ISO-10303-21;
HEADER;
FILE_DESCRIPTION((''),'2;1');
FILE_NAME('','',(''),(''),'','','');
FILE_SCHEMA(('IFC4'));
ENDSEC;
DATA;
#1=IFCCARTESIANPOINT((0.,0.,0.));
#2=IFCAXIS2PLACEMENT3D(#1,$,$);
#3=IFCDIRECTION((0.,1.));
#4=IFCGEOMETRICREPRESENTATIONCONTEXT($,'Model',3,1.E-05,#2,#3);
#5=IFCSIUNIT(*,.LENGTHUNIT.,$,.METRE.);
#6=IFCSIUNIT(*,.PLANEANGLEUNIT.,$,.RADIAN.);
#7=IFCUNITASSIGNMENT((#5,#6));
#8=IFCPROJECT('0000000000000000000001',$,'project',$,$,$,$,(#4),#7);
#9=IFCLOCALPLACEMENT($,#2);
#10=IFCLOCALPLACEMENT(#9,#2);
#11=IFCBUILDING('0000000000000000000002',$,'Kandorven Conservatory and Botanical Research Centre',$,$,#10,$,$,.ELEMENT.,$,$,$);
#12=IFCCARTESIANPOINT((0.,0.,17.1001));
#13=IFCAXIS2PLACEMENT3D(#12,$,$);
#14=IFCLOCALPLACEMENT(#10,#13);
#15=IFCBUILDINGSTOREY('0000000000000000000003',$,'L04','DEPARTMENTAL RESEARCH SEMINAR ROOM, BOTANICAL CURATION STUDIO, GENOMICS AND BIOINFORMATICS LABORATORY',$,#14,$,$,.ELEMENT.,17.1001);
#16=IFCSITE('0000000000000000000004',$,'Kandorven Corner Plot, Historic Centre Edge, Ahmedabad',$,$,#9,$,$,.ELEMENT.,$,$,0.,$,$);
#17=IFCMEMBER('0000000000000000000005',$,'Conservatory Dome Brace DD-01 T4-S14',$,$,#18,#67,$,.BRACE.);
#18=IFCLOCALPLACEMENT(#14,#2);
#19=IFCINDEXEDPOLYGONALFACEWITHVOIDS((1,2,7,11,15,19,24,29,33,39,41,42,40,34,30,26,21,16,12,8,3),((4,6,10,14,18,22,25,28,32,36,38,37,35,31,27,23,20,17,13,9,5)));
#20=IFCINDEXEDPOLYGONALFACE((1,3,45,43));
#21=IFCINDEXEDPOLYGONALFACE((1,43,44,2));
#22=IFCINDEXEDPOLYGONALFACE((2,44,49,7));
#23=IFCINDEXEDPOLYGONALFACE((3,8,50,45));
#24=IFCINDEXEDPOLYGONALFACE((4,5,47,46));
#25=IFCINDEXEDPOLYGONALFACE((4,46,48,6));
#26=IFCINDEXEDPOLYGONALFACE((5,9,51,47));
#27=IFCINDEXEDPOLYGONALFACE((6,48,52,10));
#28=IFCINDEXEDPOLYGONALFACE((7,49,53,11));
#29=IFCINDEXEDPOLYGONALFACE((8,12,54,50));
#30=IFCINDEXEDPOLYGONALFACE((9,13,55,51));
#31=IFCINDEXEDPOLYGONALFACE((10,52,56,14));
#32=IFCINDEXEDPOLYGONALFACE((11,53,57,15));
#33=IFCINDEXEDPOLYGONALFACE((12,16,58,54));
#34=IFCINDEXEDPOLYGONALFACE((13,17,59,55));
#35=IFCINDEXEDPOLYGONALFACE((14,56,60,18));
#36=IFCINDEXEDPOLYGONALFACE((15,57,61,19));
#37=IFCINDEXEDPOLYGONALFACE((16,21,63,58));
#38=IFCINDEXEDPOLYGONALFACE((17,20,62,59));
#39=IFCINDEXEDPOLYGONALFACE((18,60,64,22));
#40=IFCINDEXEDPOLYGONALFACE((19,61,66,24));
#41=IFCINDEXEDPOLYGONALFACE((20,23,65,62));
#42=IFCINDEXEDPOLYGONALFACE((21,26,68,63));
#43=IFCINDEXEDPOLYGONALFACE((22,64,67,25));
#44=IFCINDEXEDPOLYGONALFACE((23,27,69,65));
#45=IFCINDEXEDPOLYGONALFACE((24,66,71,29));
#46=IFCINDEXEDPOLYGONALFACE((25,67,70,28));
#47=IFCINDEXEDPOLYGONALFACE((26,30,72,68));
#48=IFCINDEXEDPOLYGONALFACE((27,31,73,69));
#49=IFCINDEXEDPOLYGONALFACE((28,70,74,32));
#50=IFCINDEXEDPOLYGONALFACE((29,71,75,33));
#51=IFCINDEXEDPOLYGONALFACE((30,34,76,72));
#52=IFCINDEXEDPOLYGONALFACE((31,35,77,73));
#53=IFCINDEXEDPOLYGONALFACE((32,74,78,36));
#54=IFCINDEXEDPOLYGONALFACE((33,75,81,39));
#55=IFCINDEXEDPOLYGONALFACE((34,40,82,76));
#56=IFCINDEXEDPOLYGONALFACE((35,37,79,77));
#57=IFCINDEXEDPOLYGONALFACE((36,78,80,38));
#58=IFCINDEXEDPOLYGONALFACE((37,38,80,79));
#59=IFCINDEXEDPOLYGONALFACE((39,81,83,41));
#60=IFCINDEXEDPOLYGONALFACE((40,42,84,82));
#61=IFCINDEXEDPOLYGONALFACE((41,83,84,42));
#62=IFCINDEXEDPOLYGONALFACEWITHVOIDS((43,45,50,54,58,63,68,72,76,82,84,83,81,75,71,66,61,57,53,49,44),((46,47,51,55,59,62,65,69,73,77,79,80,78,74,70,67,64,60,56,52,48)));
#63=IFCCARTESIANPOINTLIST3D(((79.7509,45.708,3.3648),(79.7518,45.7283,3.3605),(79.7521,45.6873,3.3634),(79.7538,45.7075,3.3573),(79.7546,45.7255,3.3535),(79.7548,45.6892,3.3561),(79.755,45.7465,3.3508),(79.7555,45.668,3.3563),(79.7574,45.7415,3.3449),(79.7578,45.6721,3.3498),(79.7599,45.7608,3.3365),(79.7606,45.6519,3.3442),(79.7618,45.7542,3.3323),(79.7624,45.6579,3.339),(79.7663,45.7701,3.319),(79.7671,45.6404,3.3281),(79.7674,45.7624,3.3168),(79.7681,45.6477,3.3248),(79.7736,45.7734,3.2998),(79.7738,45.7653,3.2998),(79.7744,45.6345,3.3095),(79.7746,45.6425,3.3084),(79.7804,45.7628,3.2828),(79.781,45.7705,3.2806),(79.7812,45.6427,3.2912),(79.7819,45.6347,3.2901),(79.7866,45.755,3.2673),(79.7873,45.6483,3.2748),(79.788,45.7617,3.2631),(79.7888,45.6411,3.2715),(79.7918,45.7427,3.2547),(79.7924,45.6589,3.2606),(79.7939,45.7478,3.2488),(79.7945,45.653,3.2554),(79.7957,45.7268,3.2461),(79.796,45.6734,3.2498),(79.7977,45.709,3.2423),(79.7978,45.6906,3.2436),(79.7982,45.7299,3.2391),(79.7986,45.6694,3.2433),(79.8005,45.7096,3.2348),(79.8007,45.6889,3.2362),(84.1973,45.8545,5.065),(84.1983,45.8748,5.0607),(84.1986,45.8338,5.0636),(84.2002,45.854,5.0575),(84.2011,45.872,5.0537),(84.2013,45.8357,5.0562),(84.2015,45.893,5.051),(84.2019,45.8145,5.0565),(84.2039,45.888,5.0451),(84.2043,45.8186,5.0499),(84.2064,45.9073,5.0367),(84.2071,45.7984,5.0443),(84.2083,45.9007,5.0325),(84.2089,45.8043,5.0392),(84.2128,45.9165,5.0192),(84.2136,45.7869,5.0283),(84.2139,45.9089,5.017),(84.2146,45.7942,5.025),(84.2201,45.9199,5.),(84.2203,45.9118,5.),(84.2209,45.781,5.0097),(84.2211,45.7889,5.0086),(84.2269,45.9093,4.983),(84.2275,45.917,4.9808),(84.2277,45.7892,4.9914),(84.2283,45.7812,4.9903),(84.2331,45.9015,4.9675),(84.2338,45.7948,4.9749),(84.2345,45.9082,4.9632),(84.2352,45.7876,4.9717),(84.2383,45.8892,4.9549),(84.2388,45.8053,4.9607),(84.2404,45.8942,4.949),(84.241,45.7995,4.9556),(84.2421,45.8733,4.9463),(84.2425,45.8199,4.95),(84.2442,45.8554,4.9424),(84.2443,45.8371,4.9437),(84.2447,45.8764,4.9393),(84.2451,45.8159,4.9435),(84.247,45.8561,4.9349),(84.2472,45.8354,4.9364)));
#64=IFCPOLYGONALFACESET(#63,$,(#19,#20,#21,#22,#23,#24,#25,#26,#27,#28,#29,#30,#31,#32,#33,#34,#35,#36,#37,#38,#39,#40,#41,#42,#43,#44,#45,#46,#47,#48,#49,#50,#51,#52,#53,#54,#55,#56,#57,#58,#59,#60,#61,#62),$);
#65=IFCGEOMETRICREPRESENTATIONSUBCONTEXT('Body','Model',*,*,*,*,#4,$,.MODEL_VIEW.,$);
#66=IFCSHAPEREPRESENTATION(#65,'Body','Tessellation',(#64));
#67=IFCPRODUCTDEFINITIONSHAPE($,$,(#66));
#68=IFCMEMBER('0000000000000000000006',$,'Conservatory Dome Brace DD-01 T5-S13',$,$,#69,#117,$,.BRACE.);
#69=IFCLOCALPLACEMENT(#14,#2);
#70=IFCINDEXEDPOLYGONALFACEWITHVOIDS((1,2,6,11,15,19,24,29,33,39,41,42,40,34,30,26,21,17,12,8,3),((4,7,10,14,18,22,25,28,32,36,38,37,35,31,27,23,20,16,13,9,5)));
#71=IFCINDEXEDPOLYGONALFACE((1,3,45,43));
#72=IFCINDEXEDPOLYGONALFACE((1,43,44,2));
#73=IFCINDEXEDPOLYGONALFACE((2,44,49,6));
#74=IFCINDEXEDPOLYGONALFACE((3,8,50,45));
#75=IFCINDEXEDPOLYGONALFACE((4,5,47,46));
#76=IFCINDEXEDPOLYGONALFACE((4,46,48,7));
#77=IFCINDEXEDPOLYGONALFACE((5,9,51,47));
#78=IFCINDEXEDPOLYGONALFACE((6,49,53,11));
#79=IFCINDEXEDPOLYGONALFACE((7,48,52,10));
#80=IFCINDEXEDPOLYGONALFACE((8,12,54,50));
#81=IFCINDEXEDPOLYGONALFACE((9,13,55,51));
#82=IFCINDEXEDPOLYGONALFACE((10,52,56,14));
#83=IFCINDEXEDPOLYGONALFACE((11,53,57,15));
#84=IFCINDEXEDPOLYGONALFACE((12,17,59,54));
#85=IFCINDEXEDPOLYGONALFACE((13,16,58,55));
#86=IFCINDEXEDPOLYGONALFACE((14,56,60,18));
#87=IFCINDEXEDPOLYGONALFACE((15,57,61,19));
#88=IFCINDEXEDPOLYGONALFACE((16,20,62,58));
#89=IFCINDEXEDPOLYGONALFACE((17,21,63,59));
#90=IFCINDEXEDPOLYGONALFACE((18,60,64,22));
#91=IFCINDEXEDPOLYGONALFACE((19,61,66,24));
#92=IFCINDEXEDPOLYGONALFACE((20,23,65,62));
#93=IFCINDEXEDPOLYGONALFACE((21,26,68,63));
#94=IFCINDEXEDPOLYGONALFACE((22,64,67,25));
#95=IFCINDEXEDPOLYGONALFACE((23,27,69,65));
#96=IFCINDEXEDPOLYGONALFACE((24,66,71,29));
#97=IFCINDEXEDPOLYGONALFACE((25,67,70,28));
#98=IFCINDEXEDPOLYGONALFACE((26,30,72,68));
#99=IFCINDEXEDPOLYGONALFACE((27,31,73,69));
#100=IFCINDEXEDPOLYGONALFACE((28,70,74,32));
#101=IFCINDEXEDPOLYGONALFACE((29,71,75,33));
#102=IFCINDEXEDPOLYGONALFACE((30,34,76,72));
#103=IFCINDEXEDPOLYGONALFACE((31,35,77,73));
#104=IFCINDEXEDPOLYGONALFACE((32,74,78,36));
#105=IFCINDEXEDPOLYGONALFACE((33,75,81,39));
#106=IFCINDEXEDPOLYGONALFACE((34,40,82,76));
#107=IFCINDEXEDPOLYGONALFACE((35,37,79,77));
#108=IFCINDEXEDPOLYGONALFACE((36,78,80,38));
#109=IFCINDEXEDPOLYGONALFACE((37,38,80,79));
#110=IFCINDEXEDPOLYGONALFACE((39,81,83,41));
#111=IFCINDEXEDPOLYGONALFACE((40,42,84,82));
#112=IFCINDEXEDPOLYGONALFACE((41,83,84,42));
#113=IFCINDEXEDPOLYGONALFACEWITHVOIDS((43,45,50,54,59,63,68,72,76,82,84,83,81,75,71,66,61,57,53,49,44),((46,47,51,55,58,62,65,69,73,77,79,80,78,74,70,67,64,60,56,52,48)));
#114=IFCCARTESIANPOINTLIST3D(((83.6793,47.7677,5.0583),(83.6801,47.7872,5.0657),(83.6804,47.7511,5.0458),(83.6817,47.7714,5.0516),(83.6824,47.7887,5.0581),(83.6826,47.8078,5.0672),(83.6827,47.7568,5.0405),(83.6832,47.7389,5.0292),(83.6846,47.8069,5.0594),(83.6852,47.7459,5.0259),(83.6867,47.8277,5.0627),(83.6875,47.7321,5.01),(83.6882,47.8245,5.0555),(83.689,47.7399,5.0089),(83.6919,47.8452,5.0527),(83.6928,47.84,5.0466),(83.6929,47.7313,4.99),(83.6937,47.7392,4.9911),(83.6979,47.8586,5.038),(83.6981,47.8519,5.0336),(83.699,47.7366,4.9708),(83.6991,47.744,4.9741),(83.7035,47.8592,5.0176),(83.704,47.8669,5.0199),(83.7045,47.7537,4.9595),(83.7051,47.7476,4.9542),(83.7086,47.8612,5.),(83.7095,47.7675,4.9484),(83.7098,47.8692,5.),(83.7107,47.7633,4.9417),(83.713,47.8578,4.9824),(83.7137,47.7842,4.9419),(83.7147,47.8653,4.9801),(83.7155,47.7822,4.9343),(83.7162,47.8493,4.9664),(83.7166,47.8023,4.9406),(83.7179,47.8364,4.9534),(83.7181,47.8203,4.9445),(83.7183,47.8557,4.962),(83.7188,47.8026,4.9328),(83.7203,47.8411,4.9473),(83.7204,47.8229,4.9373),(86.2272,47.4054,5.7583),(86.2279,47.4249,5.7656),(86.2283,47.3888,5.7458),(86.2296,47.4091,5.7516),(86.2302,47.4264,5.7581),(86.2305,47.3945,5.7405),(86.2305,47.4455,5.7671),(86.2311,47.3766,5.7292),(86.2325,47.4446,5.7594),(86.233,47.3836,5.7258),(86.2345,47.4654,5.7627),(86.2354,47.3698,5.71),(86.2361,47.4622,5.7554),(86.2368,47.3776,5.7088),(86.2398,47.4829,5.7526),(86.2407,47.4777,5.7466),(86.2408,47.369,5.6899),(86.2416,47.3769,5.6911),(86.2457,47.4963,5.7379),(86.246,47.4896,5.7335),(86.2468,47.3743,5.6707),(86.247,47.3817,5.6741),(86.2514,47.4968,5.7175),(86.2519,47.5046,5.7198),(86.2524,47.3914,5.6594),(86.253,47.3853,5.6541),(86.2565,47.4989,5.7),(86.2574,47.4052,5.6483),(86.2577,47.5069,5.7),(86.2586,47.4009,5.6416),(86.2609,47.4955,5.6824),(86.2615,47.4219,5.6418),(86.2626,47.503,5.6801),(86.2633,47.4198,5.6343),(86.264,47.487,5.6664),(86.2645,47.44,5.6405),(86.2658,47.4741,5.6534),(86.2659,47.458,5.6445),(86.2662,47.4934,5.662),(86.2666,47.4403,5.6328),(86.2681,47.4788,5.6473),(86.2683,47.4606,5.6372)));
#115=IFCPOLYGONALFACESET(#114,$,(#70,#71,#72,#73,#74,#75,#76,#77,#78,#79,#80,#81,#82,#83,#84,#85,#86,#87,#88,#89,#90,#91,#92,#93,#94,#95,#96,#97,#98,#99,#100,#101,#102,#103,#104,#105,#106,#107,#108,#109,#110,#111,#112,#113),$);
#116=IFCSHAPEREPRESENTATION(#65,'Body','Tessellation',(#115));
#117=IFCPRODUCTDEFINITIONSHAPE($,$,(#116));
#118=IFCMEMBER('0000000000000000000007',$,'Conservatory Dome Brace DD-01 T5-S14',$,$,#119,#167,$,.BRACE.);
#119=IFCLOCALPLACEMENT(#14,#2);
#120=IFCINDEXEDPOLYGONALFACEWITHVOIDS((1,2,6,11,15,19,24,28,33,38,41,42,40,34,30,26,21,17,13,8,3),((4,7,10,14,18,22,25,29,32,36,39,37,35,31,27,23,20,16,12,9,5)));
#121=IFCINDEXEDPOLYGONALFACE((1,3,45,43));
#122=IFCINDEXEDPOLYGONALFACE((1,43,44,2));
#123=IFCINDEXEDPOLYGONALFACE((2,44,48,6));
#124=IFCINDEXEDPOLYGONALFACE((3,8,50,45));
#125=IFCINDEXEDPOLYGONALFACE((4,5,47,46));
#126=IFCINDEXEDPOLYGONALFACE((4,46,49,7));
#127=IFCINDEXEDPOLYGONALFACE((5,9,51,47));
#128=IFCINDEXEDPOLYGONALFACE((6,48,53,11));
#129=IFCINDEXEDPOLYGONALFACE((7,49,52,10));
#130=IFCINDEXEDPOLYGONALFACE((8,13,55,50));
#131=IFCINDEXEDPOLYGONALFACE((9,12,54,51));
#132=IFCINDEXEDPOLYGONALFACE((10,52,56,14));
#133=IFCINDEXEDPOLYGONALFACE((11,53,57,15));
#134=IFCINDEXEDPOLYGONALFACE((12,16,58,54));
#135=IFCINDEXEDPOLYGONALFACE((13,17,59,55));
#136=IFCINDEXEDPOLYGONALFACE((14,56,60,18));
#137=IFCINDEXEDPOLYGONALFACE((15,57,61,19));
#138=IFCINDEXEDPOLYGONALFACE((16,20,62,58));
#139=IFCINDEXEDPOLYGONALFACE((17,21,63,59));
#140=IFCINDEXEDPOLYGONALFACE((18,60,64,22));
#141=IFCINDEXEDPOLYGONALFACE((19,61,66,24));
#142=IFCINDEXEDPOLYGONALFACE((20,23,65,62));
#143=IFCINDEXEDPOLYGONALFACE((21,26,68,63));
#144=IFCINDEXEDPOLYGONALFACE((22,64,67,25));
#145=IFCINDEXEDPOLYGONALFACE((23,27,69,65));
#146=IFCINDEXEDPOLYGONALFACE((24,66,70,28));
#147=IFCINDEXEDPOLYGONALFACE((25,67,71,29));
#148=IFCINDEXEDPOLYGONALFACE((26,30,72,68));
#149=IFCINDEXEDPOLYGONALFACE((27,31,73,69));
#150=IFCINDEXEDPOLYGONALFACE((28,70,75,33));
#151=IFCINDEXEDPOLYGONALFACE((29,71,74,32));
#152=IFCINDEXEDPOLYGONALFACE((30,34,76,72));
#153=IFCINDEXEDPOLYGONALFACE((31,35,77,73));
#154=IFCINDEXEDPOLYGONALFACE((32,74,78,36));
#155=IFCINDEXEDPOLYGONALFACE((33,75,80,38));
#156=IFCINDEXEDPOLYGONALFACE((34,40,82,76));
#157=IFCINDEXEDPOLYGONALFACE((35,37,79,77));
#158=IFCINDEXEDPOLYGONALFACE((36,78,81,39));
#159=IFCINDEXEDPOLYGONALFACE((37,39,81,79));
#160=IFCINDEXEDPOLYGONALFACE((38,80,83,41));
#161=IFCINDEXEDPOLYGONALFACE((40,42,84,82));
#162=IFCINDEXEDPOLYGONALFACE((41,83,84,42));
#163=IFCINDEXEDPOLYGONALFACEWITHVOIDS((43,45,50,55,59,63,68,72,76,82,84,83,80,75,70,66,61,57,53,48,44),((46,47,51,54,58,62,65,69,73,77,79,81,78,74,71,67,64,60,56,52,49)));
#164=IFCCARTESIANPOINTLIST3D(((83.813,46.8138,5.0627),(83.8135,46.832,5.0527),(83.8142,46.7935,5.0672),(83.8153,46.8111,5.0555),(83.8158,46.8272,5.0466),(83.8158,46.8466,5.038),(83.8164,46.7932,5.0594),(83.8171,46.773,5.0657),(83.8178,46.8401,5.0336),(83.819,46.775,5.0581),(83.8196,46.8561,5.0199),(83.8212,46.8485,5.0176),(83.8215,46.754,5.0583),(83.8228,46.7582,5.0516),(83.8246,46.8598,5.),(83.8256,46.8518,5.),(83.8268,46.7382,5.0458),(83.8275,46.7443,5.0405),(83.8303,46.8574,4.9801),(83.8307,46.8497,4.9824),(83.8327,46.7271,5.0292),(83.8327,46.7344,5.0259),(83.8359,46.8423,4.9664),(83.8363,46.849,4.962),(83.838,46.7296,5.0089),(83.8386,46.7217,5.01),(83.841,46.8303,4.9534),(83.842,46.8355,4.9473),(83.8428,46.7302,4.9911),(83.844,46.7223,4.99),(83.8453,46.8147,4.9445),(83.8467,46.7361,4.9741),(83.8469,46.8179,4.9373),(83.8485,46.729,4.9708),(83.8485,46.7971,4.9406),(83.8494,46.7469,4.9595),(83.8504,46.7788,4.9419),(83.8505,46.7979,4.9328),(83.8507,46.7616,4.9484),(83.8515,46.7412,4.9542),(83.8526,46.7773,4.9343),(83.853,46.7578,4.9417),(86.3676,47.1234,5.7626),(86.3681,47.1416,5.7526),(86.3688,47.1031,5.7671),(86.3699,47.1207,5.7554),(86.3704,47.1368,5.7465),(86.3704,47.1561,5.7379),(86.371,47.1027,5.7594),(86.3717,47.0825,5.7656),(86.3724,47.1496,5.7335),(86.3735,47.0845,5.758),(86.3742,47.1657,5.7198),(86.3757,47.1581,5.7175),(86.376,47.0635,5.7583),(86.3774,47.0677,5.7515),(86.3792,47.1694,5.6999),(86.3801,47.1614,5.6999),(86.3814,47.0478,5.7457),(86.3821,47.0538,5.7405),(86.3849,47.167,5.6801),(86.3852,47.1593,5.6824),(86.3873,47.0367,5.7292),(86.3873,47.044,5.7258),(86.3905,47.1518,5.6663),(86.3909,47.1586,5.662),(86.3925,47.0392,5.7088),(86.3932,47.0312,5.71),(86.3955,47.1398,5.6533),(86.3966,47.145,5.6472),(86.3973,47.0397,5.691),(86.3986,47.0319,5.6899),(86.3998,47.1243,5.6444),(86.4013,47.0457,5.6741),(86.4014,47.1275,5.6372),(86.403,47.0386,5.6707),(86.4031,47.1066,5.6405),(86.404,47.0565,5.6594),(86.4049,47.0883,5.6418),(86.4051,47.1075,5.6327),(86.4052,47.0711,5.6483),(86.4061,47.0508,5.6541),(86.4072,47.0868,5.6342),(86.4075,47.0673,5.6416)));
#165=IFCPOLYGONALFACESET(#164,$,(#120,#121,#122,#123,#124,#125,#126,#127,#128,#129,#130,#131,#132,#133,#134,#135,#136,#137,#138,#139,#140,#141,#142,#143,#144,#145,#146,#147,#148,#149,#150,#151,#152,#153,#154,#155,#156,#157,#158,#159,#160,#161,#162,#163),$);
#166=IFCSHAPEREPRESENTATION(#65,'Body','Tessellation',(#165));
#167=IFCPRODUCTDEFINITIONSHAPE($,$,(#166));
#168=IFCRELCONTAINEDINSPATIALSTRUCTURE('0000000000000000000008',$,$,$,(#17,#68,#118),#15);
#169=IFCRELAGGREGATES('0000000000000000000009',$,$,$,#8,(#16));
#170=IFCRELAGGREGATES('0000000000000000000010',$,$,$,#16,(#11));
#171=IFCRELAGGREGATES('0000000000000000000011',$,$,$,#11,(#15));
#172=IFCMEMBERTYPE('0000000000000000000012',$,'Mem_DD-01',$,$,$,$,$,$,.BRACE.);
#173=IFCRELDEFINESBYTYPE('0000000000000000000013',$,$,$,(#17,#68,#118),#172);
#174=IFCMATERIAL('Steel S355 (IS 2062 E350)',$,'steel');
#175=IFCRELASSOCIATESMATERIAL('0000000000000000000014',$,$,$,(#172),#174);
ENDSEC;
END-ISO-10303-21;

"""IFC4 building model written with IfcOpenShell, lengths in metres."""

from ifc_helpers import new_model, si_unit, direction, frame, origin, origin_2d, place, context, subcontext, project, spatial, hollow_circle, extrude, material, material_profile, profile_set, type_object, element, save


model = new_model("IFC4")

# Units and contexts
model_context = context("Model", 3, precision=1e-05, world=origin(), true_north=direction((0.0, 1.0)))
body_context = subcontext(model_context, "Body", "Model", "MODEL_VIEW")
ifc_project = project(units=[si_unit("LENGTHUNIT", "METRE"), si_unit("PLANEANGLEUNIT", "RADIAN")], contexts=[model_context])

# Site, building, storey
site_placement = place(None, origin())
site = spatial("IfcSite", under=ifc_project, at=site_placement, Name="Kandorven Corner Plot, Historic Centre Edge, Ahmedabad", CompositionType="ELEMENT", RefElevation=0.0)
building_placement = place(site_placement, origin())
building = spatial("IfcBuilding", under=site, at=building_placement, Name="Kandorven Conservatory and Botanical Research Centre", CompositionType="ELEMENT")
storey_placement = place(building_placement, frame((0.0, 0.0, 17.1001)))
storey = spatial("IfcBuildingStorey", under=building, at=storey_placement, Name="L04", Description="DEPARTMENTAL RESEARCH SEMINAR ROOM, BOTANICAL CURATION STUDIO, GENOMICS AND BIOINFORMATICS LABORATORY", CompositionType="ELEMENT", Elevation=17.1001)

# Members
ifc_material_1 = material(Name="Steel S355 (IS 2062 E350)", Category="steel")
ifc_material_profile_1 = material_profile(ifc_material_1, hollow_circle(Radius=0.0698, WallThickness=0.0081, at=origin_2d()))
ifc_profile_set_1 = profile_set([ifc_material_profile_1], Name="Steel S355 (IS 2062 E350)")
member_type_1 = type_object("IfcMemberType", Name="Mem_DD-01", PredefinedType="BRACE", material=ifc_profile_set_1)
member_1_placement = place(storey_placement, frame((79.7759, 45.7036, 3.2998), z_axis=(0.933606, 0.030756, 0.356978), x_axis=(-0.032926, 0.999458, 0.0)))
element("IfcMember", 1, at=member_1_placement, inside=storey, type_object=member_type_1, Name="Conservatory Dome Brace DD-01 T4-S14", PredefinedType="BRACE", context=body_context, shape_type="SweptSolid", body=[
    extrude(hollow_circle(Radius=0.0698, WallThickness=0.0081, at=origin_2d()), origin(), (0.0, 0.0, 1.0), 4.7627),
])
member_2_placement = place(storey_placement, frame((83.7, 47.8, 5.0), z_axis=(0.955335, -0.135849, 0.262452), x_axis=(0.140784, 0.99004, 0.0)))
element("IfcMember", 2, at=member_2_placement, inside=storey, type_object=member_type_1, Name="Conservatory Dome Brace DD-01 T5-S13", PredefinedType="BRACE", context=body_context, shape_type="SweptSolid", body=[
    extrude(hollow_circle(Radius=0.0698, WallThickness=0.0081, at=origin_2d()), origin(), (0.0, 0.0, 1.0), 2.667),
])
member_3_placement = place(storey_placement, frame((83.833, 46.7905, 5.0), z_axis=(0.957935, 0.11608, 0.262462), x_axis=(-0.120297, 0.992738, 0.0)))
element("IfcMember", 3, at=member_3_placement, inside=storey, type_object=member_type_1, Name="Conservatory Dome Brace DD-01 T5-S14", PredefinedType="BRACE", context=body_context, shape_type="SweptSolid", body=[
    extrude(hollow_circle(Radius=0.0698, WallThickness=0.0081, at=origin_2d()), origin(), (0.0, 0.0, 1.0), 2.6667),
])

save(model, "model.ifc")
